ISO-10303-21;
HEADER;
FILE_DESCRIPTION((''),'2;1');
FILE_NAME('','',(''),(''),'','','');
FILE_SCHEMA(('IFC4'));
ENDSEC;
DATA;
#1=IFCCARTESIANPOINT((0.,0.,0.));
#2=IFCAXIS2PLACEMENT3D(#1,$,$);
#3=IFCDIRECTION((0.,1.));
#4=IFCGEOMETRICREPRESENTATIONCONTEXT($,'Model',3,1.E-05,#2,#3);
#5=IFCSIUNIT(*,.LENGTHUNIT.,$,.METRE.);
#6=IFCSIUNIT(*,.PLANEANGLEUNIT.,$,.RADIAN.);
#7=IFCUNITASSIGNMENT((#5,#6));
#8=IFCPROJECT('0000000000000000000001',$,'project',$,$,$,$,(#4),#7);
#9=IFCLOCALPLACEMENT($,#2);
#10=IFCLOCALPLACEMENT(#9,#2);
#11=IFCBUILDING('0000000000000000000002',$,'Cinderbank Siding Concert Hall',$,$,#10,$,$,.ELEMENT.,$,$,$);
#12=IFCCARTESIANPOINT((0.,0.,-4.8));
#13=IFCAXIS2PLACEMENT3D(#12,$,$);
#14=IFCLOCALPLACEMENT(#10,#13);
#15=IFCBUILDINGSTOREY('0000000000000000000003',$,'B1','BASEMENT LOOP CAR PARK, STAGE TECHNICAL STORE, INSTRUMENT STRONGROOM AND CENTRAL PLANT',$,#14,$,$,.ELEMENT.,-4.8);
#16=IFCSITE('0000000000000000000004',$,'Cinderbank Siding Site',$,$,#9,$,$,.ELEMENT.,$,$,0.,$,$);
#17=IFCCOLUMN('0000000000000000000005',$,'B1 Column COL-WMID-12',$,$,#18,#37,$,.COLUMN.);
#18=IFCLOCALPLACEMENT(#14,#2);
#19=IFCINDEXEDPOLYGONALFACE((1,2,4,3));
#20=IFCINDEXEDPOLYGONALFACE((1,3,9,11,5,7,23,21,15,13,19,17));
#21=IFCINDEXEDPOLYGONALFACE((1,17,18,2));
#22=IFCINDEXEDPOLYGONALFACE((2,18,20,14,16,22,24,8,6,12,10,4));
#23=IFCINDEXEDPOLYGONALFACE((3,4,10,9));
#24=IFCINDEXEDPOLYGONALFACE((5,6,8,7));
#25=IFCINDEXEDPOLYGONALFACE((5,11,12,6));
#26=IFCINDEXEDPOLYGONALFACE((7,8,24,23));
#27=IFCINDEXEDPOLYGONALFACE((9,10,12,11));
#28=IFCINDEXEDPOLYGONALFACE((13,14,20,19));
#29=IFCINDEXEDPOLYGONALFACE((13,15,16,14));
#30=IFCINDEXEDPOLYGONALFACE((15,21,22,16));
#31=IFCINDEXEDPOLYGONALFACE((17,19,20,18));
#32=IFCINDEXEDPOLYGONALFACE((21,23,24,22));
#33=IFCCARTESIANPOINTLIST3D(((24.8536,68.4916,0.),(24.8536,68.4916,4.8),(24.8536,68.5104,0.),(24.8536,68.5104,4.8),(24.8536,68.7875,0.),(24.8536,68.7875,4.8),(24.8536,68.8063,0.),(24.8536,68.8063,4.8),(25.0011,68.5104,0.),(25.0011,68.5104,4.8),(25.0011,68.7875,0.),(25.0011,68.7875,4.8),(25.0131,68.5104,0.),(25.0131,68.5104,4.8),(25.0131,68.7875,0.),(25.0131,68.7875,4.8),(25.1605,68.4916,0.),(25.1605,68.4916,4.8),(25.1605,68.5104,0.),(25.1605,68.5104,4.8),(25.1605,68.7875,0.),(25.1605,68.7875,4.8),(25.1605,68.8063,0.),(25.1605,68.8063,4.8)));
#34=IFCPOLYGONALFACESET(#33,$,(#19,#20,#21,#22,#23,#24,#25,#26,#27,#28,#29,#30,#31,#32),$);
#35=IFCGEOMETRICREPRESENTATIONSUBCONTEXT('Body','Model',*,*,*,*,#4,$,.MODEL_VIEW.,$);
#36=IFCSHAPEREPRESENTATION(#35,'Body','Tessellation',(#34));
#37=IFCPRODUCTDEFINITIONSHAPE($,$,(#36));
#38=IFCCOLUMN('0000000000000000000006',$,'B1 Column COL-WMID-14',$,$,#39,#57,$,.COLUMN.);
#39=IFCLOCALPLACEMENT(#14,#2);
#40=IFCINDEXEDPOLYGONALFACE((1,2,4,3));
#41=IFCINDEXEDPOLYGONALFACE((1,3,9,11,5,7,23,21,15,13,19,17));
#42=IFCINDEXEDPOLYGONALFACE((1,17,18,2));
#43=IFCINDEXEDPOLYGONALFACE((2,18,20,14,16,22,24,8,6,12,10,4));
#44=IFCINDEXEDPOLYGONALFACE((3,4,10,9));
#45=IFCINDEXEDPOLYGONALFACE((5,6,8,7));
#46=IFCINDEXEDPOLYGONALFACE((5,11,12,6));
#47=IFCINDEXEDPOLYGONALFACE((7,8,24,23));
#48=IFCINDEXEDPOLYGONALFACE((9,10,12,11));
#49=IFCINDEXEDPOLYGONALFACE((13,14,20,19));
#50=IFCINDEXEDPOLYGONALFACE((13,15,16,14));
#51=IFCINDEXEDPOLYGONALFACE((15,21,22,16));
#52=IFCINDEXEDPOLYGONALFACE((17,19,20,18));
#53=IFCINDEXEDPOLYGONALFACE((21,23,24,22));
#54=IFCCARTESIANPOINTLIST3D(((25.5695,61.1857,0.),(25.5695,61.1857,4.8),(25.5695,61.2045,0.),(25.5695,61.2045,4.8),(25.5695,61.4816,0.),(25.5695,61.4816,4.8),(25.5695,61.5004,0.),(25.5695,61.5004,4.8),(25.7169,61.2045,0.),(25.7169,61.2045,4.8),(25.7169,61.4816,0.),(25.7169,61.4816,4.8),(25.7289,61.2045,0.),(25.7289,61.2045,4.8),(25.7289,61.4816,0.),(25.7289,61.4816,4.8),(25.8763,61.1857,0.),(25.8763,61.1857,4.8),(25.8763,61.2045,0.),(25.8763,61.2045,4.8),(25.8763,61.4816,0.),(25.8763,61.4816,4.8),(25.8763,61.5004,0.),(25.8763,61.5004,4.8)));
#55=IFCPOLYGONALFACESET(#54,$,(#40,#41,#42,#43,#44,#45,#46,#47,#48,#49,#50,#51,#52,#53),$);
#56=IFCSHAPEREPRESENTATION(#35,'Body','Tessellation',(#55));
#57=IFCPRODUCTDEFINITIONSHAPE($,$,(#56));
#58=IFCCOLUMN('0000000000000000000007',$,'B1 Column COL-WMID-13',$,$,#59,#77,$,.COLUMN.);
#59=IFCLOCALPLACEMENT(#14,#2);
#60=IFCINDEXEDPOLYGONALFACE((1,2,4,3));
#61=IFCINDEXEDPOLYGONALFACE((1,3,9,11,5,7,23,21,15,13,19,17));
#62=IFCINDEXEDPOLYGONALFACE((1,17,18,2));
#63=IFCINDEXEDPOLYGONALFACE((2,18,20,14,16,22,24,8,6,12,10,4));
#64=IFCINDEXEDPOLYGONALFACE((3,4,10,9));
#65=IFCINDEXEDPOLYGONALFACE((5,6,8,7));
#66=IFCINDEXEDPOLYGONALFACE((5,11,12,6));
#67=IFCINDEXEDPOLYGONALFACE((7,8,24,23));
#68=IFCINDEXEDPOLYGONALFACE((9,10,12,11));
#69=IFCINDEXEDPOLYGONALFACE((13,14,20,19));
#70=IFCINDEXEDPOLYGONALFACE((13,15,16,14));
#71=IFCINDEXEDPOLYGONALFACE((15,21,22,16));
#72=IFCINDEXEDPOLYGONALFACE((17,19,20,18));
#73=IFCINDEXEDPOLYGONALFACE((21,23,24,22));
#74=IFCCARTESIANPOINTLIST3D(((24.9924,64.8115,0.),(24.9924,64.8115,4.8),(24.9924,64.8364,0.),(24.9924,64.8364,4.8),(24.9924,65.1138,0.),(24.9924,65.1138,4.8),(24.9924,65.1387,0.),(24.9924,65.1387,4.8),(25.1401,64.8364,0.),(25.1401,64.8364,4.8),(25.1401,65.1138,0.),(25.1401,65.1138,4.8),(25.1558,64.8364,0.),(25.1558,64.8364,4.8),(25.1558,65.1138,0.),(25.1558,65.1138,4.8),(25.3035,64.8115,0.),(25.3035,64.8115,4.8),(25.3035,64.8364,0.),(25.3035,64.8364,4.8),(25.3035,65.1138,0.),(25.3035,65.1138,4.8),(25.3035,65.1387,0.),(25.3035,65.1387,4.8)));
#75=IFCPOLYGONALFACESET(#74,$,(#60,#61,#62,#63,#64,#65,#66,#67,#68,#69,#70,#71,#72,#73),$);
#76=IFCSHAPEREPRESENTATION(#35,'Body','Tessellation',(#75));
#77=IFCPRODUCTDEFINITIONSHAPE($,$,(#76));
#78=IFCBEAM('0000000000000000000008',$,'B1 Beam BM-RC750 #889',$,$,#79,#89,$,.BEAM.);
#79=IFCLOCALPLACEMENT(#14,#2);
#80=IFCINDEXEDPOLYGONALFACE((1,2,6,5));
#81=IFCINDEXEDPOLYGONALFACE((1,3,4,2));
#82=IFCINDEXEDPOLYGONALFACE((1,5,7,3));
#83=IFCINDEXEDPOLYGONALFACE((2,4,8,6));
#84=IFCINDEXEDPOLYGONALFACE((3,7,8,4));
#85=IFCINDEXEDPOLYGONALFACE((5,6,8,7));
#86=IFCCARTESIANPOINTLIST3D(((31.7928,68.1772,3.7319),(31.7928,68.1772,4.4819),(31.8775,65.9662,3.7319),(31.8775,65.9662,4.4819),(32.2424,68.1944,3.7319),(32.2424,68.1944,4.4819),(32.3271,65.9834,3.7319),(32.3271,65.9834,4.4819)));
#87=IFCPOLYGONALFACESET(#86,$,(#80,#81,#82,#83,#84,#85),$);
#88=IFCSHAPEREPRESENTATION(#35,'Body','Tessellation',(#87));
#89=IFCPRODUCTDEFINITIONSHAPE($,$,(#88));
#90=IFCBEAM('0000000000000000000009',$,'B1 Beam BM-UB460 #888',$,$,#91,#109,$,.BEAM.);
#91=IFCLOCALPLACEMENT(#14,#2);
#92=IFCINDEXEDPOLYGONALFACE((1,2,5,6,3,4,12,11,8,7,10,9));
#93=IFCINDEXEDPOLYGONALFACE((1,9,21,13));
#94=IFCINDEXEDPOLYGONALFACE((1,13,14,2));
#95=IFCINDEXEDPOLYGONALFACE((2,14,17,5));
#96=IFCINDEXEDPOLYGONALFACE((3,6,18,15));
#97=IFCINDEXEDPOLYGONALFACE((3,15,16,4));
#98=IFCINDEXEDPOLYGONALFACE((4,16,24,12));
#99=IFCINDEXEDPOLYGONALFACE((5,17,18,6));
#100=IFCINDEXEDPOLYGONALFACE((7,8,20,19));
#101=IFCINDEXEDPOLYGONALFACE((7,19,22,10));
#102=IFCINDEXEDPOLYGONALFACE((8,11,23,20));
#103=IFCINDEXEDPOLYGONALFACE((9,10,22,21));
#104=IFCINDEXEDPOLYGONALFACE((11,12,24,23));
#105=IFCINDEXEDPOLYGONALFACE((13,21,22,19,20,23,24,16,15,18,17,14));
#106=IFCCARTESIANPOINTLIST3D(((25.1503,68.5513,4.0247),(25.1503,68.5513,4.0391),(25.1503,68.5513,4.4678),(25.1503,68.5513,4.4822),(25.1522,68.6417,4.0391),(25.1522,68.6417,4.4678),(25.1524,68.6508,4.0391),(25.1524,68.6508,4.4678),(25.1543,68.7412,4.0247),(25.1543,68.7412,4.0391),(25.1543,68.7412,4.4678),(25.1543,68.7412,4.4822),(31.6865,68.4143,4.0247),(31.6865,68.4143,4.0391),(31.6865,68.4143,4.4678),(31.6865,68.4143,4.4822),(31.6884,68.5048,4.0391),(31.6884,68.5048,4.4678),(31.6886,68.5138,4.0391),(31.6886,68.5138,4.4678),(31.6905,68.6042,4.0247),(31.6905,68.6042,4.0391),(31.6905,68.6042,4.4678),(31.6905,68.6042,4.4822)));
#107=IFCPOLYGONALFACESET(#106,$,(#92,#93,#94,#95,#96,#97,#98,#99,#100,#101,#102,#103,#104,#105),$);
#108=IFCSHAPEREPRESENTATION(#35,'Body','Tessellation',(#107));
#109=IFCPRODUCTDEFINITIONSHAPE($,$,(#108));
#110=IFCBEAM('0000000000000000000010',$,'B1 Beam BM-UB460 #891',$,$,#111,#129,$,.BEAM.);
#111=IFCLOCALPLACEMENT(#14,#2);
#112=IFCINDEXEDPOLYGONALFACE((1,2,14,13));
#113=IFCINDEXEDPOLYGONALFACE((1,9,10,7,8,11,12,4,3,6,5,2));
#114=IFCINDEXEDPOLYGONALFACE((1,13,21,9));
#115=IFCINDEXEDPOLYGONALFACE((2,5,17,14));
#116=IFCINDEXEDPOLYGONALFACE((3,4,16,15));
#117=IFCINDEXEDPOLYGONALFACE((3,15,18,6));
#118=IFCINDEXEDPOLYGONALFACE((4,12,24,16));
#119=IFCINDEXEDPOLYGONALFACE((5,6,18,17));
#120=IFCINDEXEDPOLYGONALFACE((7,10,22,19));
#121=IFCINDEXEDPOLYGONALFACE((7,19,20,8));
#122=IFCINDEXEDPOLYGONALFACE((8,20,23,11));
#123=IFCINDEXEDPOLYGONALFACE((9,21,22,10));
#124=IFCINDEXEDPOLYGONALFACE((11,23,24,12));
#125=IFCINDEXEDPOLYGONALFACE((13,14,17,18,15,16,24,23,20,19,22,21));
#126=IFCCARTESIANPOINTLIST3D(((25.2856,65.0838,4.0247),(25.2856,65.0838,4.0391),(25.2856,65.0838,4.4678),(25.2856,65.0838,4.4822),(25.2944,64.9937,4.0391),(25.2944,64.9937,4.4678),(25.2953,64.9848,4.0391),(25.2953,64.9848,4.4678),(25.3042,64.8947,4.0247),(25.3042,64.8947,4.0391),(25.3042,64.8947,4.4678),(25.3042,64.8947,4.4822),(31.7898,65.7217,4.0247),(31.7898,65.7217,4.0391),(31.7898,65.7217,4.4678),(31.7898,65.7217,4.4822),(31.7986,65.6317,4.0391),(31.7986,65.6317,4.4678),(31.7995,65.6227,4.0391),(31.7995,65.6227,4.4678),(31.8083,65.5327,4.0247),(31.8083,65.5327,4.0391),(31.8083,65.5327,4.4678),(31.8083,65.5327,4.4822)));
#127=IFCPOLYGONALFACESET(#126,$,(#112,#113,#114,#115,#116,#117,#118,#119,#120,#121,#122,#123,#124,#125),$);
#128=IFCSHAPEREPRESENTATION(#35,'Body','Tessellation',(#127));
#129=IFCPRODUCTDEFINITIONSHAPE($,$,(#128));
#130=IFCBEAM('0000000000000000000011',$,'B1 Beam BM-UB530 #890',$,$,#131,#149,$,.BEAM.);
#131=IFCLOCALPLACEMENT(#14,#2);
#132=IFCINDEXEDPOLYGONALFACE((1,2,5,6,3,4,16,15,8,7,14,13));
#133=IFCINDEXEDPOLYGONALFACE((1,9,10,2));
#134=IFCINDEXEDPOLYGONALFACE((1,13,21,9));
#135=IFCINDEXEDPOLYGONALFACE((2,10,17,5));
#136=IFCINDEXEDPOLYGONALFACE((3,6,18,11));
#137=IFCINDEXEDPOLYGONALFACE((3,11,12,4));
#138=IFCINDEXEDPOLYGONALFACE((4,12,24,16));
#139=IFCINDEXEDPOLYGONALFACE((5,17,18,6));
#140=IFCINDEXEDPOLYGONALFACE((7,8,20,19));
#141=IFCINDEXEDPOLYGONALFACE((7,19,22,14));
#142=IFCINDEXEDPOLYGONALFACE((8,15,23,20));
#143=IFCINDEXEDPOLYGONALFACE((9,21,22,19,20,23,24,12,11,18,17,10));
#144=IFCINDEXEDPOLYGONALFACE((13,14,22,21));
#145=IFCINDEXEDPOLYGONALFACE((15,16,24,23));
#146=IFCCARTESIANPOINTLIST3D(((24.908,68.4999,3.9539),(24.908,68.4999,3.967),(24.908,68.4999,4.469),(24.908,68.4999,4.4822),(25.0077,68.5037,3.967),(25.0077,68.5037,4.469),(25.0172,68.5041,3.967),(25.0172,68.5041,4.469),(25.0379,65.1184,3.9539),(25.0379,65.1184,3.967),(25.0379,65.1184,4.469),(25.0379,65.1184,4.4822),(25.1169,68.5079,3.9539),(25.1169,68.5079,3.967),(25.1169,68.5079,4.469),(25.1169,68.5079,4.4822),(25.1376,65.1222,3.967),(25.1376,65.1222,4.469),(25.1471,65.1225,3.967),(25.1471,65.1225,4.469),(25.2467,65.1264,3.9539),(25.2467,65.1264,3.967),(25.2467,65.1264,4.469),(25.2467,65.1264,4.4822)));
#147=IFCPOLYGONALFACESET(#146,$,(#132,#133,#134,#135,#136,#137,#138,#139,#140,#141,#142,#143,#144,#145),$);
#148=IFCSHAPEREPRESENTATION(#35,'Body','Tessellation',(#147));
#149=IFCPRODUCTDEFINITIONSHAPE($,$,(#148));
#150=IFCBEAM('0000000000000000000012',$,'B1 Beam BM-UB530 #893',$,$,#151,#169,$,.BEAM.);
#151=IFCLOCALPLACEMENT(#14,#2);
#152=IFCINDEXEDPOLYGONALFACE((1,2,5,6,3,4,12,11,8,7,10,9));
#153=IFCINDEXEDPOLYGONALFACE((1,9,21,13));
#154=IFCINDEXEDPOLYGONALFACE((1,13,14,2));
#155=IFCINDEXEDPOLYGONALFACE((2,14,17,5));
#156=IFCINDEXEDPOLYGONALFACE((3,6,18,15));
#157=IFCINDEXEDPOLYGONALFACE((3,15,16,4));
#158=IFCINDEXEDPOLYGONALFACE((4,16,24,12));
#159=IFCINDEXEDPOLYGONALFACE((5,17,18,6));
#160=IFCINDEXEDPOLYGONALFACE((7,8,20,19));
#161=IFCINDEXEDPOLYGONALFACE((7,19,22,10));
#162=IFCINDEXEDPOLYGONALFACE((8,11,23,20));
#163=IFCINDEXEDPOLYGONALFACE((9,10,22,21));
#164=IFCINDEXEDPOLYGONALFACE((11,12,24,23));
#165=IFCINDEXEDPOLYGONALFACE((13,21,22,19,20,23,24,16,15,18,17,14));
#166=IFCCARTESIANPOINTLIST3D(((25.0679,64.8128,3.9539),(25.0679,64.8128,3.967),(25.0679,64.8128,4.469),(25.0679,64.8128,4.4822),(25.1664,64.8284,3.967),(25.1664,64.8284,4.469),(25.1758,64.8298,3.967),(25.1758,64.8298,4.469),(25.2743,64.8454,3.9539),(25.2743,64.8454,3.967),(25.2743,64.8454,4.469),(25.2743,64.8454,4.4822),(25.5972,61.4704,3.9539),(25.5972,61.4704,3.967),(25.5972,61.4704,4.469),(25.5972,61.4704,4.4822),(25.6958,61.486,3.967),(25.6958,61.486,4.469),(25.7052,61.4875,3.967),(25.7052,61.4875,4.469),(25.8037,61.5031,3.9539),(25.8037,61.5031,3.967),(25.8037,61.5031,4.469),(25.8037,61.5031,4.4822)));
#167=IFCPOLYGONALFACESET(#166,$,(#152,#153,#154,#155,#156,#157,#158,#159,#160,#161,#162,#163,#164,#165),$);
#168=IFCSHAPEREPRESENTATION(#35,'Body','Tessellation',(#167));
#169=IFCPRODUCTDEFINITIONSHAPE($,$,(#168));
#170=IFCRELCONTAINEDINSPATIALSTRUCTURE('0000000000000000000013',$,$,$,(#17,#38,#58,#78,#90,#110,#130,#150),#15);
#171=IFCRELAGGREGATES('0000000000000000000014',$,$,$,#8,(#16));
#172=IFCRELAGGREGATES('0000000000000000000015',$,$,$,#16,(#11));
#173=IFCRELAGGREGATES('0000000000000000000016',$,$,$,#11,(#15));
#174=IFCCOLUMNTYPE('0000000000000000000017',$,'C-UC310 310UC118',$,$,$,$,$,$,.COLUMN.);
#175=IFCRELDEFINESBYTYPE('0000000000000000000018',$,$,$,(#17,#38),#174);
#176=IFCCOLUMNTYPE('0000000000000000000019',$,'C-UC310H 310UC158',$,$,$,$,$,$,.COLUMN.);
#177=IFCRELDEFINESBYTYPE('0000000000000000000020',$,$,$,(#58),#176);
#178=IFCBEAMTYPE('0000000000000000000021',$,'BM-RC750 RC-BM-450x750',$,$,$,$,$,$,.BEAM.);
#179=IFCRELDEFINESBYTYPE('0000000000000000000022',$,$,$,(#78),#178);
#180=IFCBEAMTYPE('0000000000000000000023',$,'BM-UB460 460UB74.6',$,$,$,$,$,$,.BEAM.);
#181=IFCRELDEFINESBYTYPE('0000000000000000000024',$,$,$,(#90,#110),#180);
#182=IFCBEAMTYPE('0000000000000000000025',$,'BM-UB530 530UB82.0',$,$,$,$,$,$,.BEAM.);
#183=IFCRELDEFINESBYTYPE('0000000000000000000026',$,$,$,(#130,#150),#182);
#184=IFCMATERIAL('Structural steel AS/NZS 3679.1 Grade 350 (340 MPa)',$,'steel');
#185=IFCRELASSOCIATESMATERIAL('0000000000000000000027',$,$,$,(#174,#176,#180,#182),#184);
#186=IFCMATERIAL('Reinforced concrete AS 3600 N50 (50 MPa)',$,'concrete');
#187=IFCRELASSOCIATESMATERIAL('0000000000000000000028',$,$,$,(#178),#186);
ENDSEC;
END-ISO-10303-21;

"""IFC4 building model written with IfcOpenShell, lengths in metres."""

from ifc_helpers import new_model, si_unit, direction, frame, origin, origin_2d, place, context, subcontext, project, spatial, rectangle, i_section, extrude, material, material_profile, profile_set, type_object, element, save


model = new_model("IFC4")

# Units and contexts
model_context = context("Model", 3, precision=1e-05, world=origin(), true_north=direction((0.0, 1.0)))
body_context = subcontext(model_context, "Body", "Model", "MODEL_VIEW")
ifc_project = project(units=[si_unit("LENGTHUNIT", "METRE"), si_unit("PLANEANGLEUNIT", "RADIAN")], contexts=[model_context])

# Site, building, storey
site_placement = place(None, origin())
site = spatial("IfcSite", under=ifc_project, at=site_placement, Name="Cinderbank Siding Site", CompositionType="ELEMENT", RefElevation=0.0)
building_placement = place(site_placement, origin())
building = spatial("IfcBuilding", under=site, at=building_placement, Name="Cinderbank Siding Concert Hall", CompositionType="ELEMENT")
storey_placement = place(building_placement, frame((0.0, 0.0, -4.8)))
storey = spatial("IfcBuildingStorey", under=building, at=storey_placement, Name="B1", Description="BASEMENT LOOP CAR PARK, STAGE TECHNICAL STORE, INSTRUMENT STRONGROOM AND CENTRAL PLANT", CompositionType="ELEMENT", Elevation=-4.8)

# Columns
ifc_material_1 = material(Name="Reinforced concrete AS 3600 N50 (50 MPa)", Category="concrete")
ifc_material_2 = material(Name="Structural steel AS/NZS 3679.1 Grade 350 (340 MPa)", Category="steel")
ifc_material_profile_1 = material_profile(ifc_material_2, i_section(OverallWidth=0.3069, OverallDepth=0.3147, WebThickness=0.012, FlangeThickness=0.0188, at=origin_2d()), Name="310UC118", Category="LoadBearing")
ifc_profile_set_1 = profile_set([ifc_material_profile_1], Name="Structural steel AS/NZS 3679.1 Grade 350 (340 MPa)")
column_type_1 = type_object("IfcColumnType", Name="C-UC310 310UC118", PredefinedType="COLUMN", material=ifc_profile_set_1)
for number, where, z_axis, x_axis, name in (
    (1, (25.0071, 68.6489, 0.0), (0.0, 0.0, 1.0), (1.0, 0.0, 0.0), "B1 Column COL-WMID-12"),
    (2, (25.7229, 61.343, 0.0), (0.0, 0.0, 1.0), (1.0, 0.0, 0.0), "B1 Column COL-WMID-14"),
):
    element("IfcColumn", number, at=place(storey_placement, frame(where, z_axis=z_axis, x_axis=x_axis)), inside=storey, type_object=column_type_1, Name=name, PredefinedType="COLUMN", context=body_context, shape_type="SweptSolid", body=[
        extrude(i_section(OverallWidth=0.3069, OverallDepth=0.3147, WebThickness=0.012, FlangeThickness=0.0188, at=origin_2d()), origin(), (0.0, 0.0, 1.0), 4.8),
    ])
ifc_material_profile_2 = material_profile(ifc_material_2, i_section(OverallWidth=0.311, OverallDepth=0.3271, WebThickness=0.0156, FlangeThickness=0.0249, at=origin_2d()), Name="310UC158", Category="LoadBearing")
ifc_profile_set_2 = profile_set([ifc_material_profile_2], Name="Structural steel AS/NZS 3679.1 Grade 350 (340 MPa)")
column_type_2 = type_object("IfcColumnType", Name="C-UC310H 310UC158", PredefinedType="COLUMN", material=ifc_profile_set_2)
column_placement = place(storey_placement, frame((25.1479, 64.9751, 0.0), z_axis=(0.0, 0.0, 1.0), x_axis=(1.0, 0.0, 0.0)))
element("IfcColumn", 3, at=column_placement, inside=storey, type_object=column_type_2, Name="B1 Column COL-WMID-13", PredefinedType="COLUMN", context=body_context, shape_type="SweptSolid", body=[
    extrude(i_section(OverallWidth=0.311, OverallDepth=0.3271, WebThickness=0.0156, FlangeThickness=0.0249, at=origin_2d()), origin(), (0.0, 0.0, 1.0), 4.8),
])

# Beams
ifc_material_profile_3 = material_profile(ifc_material_1, rectangle(XDim=0.45, YDim=0.75, at=origin_2d()), Name="RC-BM-450x750", Category="LoadBearing")
ifc_profile_set_3 = profile_set([ifc_material_profile_3], Name="Reinforced concrete AS 3600 N50 (50 MPa)")
beam_type_1 = type_object("IfcBeamType", Name="BM-RC750 RC-BM-450x750", PredefinedType="BEAM", material=ifc_profile_set_3)
beam_1_placement = place(storey_placement, frame((32.0176, 68.1858, 4.1069), z_axis=(0.038289, -0.999267, 0.0), x_axis=(0.999267, 0.038289, 0.0)))
element("IfcBeam", 4, at=beam_1_placement, inside=storey, type_object=beam_type_1, Name="B1 Beam BM-RC750 #889", PredefinedType="BEAM", context=body_context, shape_type="SweptSolid", body=[
    extrude(rectangle(XDim=0.45, YDim=0.75, at=origin_2d()), origin(), (0.0, 0.0, 1.0), 2.2126),
])
ifc_material_profile_4 = material_profile(ifc_material_2, i_section(OverallWidth=0.1899, OverallDepth=0.4575, WebThickness=0.009, FlangeThickness=0.0144, at=origin_2d()), Name="460UB74.6", Category="LoadBearing")
ifc_profile_set_4 = profile_set([ifc_material_profile_4], Name="Structural steel AS/NZS 3679.1 Grade 350 (340 MPa)")
beam_type_2 = type_object("IfcBeamType", Name="BM-UB460 460UB74.6", PredefinedType="BEAM", material=ifc_profile_set_4)
beam_2_placement = place(storey_placement, frame((31.6885, 68.5093, 4.2534), z_axis=(-0.999781, 0.02095, 0.0), x_axis=(-0.02095, -0.999781, 0.0)))
element("IfcBeam", 5, at=beam_2_placement, inside=storey, type_object=beam_type_2, Name="B1 Beam BM-UB460 #888", PredefinedType="BEAM", context=body_context, shape_type="SweptSolid", body=[
    extrude(i_section(OverallWidth=0.1899, OverallDepth=0.4575, WebThickness=0.009, FlangeThickness=0.0144, at=origin_2d()), origin(), (0.0, 0.0, 1.0), 6.5376),
])
beam_3_placement = place(storey_placement, frame((31.7991, 65.6272, 4.2534), z_axis=(-0.995224, -0.097614, 0.0), x_axis=(0.097614, -0.995224, 0.0)))
element("IfcBeam", 6, at=beam_3_placement, inside=storey, type_object=beam_type_2, Name="B1 Beam BM-UB460 #891", PredefinedType="BEAM", context=body_context, shape_type="SweptSolid", body=[
    extrude(i_section(OverallWidth=0.1899, OverallDepth=0.4575, WebThickness=0.009, FlangeThickness=0.0144, at=origin_2d()), origin(), (0.0, 0.0, 1.0), 6.5354),
])
ifc_material_profile_5 = material_profile(ifc_material_2, i_section(OverallWidth=0.209, OverallDepth=0.5283, WebThickness=0.0095, FlangeThickness=0.0132, at=origin_2d()), Name="530UB82.0", Category="LoadBearing")
ifc_profile_set_5 = profile_set([ifc_material_profile_5], Name="Structural steel AS/NZS 3679.1 Grade 350 (340 MPa)")
beam_type_3 = type_object("IfcBeamType", Name="BM-UB530 530UB82.0", PredefinedType="BEAM", material=ifc_profile_set_5)
for number, where, z_axis, x_axis, name in (
    (7, (25.0125, 68.5039, 4.218), (0.03838, -0.999263, 0.0), (0.999263, 0.03838, 0.0), "B1 Beam BM-UB530 #890"),
    (8, (25.1711, 64.8291, 4.218), (0.156415, -0.987691, 0.0), (0.987691, 0.156415, 0.0), "B1 Beam BM-UB530 #893"),
):
    element("IfcBeam", number, at=place(storey_placement, frame(where, z_axis=z_axis, x_axis=x_axis)), inside=storey, type_object=beam_type_3, Name=name, PredefinedType="BEAM", context=body_context, shape_type="SweptSolid", body=[
        extrude(i_section(OverallWidth=0.209, OverallDepth=0.5283, WebThickness=0.0095, FlangeThickness=0.0132, at=origin_2d()), origin(), (0.0, 0.0, 1.0), 3.384),
    ])

save(model, "model.ifc")
